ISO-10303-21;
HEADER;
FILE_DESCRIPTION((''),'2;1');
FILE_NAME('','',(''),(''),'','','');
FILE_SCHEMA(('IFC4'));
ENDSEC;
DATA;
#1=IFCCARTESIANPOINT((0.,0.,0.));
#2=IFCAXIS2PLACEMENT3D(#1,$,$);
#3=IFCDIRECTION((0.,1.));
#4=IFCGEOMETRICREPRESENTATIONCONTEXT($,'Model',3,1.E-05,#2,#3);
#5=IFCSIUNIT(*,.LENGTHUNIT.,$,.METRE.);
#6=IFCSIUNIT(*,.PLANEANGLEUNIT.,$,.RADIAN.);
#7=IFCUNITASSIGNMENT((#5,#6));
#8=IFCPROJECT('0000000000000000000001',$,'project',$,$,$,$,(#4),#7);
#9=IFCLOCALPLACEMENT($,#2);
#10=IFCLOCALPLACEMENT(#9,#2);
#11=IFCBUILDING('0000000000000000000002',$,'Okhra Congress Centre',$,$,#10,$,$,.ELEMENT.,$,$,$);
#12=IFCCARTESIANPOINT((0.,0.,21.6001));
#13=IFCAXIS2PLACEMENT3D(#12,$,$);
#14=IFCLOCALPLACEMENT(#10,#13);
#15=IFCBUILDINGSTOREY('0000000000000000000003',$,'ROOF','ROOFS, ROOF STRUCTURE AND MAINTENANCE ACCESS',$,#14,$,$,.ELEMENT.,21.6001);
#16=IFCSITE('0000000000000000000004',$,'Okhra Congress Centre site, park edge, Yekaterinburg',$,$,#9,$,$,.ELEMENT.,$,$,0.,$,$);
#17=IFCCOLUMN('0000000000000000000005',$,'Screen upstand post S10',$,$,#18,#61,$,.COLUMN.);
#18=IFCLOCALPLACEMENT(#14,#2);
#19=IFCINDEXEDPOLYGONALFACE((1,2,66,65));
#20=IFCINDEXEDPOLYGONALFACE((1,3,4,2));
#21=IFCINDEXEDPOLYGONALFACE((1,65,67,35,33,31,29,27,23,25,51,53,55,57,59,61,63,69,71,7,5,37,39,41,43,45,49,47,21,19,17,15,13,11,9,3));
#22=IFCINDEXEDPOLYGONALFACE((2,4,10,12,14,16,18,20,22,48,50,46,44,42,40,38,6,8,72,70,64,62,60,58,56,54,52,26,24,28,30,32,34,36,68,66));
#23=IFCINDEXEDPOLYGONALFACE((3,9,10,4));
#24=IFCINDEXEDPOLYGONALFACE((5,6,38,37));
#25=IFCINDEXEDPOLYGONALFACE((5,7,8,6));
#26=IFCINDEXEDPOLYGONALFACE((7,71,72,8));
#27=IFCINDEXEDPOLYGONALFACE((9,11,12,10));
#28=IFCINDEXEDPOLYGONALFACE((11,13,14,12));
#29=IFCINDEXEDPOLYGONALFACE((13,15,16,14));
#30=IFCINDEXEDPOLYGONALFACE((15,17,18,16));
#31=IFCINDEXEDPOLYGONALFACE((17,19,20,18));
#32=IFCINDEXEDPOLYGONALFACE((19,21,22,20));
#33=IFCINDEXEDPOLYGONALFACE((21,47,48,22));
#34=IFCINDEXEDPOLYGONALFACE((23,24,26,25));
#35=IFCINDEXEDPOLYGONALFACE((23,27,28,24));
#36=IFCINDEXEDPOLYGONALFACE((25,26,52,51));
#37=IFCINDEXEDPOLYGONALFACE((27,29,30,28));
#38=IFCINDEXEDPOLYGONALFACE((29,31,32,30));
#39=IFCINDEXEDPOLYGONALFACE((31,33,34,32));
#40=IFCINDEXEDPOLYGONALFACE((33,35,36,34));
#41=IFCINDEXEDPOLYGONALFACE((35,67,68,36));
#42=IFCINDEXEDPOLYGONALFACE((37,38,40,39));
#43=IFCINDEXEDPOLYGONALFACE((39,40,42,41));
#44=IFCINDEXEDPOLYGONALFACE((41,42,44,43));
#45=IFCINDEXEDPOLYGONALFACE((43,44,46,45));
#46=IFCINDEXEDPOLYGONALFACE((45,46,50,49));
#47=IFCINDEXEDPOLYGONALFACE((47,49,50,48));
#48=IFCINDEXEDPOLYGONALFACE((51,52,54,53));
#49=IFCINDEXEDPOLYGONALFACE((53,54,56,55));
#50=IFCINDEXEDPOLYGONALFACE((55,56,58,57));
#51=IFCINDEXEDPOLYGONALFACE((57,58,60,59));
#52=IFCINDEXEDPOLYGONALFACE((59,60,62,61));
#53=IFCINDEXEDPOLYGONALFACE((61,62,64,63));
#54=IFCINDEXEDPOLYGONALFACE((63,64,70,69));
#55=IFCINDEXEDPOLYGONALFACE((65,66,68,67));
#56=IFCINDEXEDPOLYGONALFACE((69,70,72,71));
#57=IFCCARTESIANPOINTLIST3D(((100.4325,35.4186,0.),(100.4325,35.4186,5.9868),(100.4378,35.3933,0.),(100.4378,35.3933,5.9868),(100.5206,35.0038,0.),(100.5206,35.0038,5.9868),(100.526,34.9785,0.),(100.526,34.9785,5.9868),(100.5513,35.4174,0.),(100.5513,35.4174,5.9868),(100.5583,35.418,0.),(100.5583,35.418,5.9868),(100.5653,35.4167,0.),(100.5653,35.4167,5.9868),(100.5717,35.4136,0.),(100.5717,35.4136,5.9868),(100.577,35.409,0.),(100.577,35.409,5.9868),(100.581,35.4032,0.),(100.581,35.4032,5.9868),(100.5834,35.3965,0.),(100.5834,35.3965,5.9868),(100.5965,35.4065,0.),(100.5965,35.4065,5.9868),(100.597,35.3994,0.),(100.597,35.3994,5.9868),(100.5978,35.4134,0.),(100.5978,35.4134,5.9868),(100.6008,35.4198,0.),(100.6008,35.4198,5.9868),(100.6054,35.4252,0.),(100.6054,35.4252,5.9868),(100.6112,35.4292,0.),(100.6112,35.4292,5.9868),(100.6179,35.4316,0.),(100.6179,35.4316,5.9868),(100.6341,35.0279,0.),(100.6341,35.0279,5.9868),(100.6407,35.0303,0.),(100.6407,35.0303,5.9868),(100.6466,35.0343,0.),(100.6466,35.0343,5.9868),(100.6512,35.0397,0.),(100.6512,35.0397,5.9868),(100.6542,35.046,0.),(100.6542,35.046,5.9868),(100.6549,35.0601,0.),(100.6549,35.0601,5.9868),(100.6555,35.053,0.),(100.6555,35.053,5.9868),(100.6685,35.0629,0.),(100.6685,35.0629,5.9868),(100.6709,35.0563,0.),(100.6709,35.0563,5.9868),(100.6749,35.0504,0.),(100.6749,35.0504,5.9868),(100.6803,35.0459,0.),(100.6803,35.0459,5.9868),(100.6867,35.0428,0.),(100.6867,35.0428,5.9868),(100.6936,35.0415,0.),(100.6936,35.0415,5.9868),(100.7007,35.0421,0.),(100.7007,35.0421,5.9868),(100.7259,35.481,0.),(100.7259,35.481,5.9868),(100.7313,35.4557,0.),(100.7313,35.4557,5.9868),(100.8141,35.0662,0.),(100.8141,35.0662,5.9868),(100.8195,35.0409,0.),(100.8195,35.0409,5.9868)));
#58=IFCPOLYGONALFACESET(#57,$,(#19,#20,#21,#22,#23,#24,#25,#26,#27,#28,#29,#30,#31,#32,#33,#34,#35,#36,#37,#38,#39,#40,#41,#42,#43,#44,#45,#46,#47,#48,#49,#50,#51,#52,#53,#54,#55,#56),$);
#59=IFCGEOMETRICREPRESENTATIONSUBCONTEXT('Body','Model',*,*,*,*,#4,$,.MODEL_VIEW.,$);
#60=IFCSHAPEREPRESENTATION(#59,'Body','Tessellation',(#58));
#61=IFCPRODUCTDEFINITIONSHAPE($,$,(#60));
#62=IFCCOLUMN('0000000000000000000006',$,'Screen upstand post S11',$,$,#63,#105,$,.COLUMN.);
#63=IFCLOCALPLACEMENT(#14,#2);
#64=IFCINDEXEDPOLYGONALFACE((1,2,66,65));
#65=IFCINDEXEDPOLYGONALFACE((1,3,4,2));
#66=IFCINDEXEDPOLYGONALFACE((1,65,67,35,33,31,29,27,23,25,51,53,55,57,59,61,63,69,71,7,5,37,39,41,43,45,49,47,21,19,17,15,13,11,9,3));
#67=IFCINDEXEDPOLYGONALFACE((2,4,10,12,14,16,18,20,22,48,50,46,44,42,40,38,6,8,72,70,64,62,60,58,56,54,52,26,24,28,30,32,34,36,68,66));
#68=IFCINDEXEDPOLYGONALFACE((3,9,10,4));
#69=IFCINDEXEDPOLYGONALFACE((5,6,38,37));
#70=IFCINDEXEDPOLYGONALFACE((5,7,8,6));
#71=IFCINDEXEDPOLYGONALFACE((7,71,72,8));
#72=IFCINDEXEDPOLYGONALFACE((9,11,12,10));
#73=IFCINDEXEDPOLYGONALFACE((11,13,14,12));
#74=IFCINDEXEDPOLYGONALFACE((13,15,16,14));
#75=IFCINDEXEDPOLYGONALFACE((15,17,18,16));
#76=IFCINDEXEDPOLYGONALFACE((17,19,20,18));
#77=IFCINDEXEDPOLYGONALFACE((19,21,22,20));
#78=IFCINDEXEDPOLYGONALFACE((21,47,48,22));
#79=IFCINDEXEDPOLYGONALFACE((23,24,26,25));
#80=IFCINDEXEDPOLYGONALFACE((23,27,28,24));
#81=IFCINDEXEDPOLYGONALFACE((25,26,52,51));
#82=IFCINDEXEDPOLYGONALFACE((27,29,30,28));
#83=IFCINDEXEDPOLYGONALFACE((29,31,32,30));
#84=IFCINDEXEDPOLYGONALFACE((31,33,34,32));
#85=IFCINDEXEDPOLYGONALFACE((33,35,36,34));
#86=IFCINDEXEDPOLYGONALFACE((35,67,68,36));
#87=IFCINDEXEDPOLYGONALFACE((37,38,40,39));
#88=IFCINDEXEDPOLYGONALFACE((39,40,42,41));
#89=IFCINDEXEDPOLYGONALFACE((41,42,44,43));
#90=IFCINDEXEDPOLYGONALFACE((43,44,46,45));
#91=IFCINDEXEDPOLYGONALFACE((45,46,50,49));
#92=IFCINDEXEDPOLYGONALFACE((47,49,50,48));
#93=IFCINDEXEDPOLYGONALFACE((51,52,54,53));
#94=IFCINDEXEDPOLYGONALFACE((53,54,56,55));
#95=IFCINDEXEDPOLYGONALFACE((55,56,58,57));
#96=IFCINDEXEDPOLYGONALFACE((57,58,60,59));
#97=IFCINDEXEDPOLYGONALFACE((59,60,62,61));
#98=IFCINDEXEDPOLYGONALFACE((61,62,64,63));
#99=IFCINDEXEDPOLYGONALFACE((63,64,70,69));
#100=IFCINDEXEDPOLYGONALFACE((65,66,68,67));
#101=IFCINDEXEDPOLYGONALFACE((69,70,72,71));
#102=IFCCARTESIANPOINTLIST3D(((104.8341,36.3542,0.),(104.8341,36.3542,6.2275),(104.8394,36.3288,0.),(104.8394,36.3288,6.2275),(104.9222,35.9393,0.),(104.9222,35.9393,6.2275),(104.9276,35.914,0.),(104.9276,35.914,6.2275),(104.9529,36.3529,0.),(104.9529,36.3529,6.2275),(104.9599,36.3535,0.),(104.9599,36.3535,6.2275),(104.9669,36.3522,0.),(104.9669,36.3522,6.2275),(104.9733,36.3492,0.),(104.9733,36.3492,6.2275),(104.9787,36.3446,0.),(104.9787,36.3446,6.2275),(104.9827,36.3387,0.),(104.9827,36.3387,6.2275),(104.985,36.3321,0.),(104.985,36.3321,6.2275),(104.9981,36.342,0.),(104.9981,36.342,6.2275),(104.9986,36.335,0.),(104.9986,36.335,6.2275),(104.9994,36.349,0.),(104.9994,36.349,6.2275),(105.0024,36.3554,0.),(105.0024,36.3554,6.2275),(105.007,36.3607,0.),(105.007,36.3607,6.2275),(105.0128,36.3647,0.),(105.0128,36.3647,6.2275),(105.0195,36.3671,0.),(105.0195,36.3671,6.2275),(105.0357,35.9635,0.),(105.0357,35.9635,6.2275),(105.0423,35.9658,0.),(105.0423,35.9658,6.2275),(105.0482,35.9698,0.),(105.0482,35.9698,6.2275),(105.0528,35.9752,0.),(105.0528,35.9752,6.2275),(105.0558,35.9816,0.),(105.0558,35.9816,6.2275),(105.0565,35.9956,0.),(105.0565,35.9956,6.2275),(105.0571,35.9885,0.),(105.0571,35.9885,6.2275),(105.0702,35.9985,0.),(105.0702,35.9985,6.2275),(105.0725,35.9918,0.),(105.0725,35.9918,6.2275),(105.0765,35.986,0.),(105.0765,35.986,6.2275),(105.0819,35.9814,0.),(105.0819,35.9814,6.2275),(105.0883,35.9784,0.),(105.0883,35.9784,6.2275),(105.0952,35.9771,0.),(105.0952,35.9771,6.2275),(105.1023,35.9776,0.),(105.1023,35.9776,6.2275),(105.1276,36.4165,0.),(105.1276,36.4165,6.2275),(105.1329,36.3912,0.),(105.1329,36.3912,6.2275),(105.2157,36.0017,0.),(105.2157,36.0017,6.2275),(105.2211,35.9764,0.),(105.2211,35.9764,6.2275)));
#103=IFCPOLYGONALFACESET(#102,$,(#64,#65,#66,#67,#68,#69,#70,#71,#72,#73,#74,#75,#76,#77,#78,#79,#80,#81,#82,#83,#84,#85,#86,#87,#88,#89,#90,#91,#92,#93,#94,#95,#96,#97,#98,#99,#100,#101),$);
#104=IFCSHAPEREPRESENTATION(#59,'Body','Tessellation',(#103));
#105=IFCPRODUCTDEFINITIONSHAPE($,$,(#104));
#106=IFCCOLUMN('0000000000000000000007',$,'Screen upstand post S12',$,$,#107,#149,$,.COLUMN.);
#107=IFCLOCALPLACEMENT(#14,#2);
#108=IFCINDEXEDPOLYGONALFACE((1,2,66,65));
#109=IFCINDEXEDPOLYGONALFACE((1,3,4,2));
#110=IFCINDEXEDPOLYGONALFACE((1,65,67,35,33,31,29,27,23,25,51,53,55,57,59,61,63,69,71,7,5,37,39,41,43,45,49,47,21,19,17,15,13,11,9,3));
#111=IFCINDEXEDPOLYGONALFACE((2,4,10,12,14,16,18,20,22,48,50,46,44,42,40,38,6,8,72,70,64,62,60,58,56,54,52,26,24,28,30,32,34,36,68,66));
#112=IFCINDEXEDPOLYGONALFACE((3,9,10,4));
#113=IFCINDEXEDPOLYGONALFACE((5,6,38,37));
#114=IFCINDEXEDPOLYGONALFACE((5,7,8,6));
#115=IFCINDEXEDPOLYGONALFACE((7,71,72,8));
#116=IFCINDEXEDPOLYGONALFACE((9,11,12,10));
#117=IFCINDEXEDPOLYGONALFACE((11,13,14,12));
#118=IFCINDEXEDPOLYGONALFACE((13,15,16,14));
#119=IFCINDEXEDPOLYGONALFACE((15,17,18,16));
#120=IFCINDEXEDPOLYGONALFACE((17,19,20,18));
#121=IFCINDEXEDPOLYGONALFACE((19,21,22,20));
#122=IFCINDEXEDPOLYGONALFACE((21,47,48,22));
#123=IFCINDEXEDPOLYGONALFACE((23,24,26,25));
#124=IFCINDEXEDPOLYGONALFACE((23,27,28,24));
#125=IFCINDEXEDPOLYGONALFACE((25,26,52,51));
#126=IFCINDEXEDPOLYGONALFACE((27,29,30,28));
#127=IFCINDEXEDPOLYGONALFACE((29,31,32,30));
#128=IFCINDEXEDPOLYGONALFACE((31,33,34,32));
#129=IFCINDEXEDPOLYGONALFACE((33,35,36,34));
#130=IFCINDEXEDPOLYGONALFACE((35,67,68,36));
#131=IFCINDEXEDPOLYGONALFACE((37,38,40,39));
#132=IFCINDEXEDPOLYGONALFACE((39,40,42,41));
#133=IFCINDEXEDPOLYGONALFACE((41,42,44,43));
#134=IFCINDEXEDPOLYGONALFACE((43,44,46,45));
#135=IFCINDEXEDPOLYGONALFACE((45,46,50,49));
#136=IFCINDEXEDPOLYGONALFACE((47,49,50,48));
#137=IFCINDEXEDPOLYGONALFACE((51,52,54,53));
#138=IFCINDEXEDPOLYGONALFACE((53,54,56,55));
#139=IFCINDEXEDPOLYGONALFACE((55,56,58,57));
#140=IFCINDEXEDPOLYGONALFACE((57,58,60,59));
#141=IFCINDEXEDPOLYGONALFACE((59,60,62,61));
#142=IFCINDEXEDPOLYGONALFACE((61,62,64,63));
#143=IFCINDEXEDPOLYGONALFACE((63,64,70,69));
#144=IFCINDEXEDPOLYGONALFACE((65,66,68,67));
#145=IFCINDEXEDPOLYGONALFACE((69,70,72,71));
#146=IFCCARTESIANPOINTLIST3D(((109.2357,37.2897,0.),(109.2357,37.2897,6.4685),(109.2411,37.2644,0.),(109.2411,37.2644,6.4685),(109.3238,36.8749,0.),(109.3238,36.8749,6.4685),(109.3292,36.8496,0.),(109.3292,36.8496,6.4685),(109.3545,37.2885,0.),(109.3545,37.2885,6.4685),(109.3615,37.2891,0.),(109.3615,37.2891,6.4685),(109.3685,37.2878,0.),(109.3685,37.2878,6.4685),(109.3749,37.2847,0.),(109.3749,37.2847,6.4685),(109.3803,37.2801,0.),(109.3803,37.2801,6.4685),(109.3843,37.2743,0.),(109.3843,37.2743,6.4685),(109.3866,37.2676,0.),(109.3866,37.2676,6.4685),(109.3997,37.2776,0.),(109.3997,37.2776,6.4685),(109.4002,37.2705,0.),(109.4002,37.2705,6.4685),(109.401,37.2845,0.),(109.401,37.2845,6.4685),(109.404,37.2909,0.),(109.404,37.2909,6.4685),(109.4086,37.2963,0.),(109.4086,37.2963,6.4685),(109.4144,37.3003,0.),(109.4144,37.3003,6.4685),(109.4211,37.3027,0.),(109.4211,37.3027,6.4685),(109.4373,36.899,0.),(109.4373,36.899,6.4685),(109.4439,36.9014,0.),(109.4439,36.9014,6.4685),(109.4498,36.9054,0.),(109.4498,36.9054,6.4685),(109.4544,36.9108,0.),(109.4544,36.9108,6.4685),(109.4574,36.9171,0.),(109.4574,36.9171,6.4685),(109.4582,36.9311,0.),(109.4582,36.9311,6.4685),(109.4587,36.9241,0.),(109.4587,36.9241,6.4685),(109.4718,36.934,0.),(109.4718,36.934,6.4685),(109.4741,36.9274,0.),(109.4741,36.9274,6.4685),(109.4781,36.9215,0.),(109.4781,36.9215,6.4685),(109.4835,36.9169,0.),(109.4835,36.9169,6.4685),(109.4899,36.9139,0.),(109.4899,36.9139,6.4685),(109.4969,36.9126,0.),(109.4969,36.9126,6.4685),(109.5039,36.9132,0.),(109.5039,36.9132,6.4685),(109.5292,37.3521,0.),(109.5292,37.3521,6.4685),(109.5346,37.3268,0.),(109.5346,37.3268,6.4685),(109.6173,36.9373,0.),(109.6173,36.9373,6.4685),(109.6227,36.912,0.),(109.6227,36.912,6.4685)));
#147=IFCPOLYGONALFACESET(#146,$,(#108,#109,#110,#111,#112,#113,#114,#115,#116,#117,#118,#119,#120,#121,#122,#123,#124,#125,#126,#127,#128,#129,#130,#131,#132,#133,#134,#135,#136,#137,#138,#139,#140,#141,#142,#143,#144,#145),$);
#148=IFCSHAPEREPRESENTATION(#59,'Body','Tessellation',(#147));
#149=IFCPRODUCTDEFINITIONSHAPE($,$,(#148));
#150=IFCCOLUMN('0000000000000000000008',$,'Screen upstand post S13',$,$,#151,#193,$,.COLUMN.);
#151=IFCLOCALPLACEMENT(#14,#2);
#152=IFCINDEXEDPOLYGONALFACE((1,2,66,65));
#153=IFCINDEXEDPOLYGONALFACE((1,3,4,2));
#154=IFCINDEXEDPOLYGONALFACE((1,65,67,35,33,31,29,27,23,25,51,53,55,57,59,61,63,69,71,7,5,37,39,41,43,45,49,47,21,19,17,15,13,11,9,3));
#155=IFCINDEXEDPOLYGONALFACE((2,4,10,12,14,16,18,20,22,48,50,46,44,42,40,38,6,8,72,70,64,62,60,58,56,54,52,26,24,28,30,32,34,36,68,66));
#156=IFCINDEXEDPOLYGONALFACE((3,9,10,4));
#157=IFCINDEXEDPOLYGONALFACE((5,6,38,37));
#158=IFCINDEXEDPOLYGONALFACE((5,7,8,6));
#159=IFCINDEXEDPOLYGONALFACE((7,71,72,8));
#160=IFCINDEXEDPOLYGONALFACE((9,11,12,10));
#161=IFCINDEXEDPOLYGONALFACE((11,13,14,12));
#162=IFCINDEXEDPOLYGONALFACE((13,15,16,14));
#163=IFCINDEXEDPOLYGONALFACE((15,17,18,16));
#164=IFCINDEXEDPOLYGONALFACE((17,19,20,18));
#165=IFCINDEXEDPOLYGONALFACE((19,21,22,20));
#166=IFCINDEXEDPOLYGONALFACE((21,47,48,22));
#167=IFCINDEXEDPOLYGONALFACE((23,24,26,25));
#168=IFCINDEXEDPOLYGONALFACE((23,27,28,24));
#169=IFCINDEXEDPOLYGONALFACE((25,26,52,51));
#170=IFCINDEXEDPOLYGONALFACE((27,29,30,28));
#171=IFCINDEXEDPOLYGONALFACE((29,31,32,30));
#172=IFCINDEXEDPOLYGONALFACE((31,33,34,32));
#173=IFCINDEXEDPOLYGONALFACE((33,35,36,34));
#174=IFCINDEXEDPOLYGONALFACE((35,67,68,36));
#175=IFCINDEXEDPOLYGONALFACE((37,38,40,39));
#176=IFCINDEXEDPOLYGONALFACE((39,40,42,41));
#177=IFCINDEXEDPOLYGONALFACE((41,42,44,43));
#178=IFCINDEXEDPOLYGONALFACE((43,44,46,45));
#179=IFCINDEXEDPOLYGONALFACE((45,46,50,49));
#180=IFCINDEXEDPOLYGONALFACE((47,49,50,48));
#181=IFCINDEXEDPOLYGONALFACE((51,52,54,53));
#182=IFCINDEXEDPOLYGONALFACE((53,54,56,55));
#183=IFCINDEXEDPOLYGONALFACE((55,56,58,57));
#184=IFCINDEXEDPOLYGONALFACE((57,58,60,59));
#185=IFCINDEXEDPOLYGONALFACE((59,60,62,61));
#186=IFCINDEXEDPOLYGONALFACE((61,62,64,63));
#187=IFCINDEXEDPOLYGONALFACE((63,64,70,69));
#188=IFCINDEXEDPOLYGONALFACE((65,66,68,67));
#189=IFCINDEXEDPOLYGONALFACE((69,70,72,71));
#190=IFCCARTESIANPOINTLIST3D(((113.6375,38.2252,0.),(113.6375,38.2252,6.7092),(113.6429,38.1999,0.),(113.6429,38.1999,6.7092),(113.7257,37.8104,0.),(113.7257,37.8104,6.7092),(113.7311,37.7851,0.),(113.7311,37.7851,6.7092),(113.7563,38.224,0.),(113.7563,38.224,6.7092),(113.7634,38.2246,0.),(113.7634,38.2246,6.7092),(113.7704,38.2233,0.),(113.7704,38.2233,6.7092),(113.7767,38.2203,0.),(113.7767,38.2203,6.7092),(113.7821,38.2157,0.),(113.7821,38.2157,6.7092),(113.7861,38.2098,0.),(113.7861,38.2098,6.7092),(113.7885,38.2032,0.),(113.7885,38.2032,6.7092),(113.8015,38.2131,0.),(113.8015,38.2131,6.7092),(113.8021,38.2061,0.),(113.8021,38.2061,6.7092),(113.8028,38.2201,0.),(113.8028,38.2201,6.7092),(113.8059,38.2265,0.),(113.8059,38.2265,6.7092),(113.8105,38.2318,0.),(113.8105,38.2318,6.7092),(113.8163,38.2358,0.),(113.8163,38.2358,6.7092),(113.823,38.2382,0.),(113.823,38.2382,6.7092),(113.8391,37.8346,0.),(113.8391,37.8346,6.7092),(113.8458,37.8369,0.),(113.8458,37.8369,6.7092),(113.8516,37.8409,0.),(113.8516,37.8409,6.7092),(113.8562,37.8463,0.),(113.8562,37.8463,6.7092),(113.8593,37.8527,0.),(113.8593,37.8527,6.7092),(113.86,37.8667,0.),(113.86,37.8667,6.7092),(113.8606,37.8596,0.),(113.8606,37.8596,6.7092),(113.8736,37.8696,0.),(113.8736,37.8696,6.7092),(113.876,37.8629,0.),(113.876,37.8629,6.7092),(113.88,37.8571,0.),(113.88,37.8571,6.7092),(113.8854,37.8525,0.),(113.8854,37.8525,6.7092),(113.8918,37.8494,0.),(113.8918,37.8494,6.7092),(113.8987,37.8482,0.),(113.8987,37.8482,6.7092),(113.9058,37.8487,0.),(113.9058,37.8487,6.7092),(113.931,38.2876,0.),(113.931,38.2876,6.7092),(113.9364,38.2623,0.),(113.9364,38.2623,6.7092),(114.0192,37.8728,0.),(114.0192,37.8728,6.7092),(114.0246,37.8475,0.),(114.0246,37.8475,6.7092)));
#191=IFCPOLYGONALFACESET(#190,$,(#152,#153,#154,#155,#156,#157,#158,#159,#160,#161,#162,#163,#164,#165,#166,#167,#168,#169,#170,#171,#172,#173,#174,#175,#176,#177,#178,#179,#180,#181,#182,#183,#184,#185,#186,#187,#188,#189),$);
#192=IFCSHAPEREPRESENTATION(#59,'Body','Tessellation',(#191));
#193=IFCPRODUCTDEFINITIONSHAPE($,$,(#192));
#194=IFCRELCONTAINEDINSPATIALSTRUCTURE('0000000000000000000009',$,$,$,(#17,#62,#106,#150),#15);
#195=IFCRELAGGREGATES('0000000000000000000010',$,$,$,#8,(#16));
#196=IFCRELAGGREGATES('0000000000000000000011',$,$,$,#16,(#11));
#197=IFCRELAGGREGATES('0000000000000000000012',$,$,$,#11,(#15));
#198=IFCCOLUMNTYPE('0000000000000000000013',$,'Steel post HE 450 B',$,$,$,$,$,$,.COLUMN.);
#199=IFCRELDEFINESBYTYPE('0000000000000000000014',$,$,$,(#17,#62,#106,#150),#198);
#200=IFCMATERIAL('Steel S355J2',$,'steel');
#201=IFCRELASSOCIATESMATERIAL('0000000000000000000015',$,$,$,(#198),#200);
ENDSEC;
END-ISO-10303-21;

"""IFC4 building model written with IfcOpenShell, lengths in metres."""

from ifc_helpers import new_model, si_unit, direction, frame, origin, origin_2d, place, context, subcontext, project, spatial, i_section, extrude, material, material_profile, profile_set, type_object, element, save


model = new_model("IFC4")

# Units and contexts
model_context = context("Model", 3, precision=1e-05, world=origin(), true_north=direction((0.0, 1.0)))
body_context = subcontext(model_context, "Body", "Model", "MODEL_VIEW")
ifc_project = project(units=[si_unit("LENGTHUNIT", "METRE"), si_unit("PLANEANGLEUNIT", "RADIAN")], contexts=[model_context])

# Site, building, storey
site_placement = place(None, origin())
site = spatial("IfcSite", under=ifc_project, at=site_placement, Name="Okhra Congress Centre site, park edge, Yekaterinburg", CompositionType="ELEMENT", RefElevation=0.0)
building_placement = place(site_placement, origin())
building = spatial("IfcBuilding", under=site, at=building_placement, Name="Okhra Congress Centre", CompositionType="ELEMENT")
storey_placement = place(building_placement, frame((0.0, 0.0, 21.6001)))
storey = spatial("IfcBuildingStorey", under=building, at=storey_placement, Name="ROOF", Description="ROOFS, ROOF STRUCTURE AND MAINTENANCE ACCESS", CompositionType="ELEMENT", Elevation=21.6001)

# Columns
ifc_material_1 = material(Name="Steel S355J2", Category="steel")
ifc_material_profile_1 = material_profile(ifc_material_1, i_section(OverallWidth=0.3, OverallDepth=0.45, WebThickness=0.0139, FlangeThickness=0.0259, FilletRadius=0.0271, at=origin_2d()), Name="HE 450 B")
ifc_profile_set_1 = profile_set([ifc_material_profile_1], Name="Steel S355J2")
column_type = type_object("IfcColumnType", Name="Steel post HE 450 B", PredefinedType="COLUMN", material=ifc_profile_set_1)
column_1_placement = place(storey_placement, frame((100.626, 35.2297, 0.0), z_axis=(0.0, 0.0, 1.0), x_axis=(0.978148, 0.207912, 0.0)))
element("IfcColumn", 1, at=column_1_placement, inside=storey, type_object=column_type, Name="Screen upstand post S10", PredefinedType="COLUMN", context=body_context, shape_type="SweptSolid", body=[
    extrude(i_section(OverallWidth=0.3, OverallDepth=0.45, WebThickness=0.0139, FlangeThickness=0.0259, FilletRadius=0.0271, at=origin_2d()), origin(), (0.0, 0.0, 1.0), 5.9868),
])
column_2_placement = place(storey_placement, frame((105.0276, 36.1653, 0.0), z_axis=(0.0, 0.0, 1.0), x_axis=(0.978148, 0.207912, 0.0)))
element("IfcColumn", 2, at=column_2_placement, inside=storey, type_object=column_type, Name="Screen upstand post S11", PredefinedType="COLUMN", context=body_context, shape_type="SweptSolid", body=[
    extrude(i_section(OverallWidth=0.3, OverallDepth=0.45, WebThickness=0.0139, FlangeThickness=0.0259, FilletRadius=0.0271, at=origin_2d()), origin(), (0.0, 0.0, 1.0), 6.2275),
])
column_3_placement = place(storey_placement, frame((109.4292, 37.1008, 0.0), z_axis=(0.0, 0.0, 1.0), x_axis=(0.978148, 0.207912, 0.0)))
element("IfcColumn", 3, at=column_3_placement, inside=storey, type_object=column_type, Name="Screen upstand post S12", PredefinedType="COLUMN", context=body_context, shape_type="SweptSolid", body=[
    extrude(i_section(OverallWidth=0.3, OverallDepth=0.45, WebThickness=0.0139, FlangeThickness=0.0259, FilletRadius=0.0271, at=origin_2d()), origin(), (0.0, 0.0, 1.0), 6.4685),
])
column_4_placement = place(storey_placement, frame((113.8311, 38.0364, 0.0), z_axis=(0.0, 0.0, 1.0), x_axis=(0.978148, 0.207912, 0.0)))
element("IfcColumn", 4, at=column_4_placement, inside=storey, type_object=column_type, Name="Screen upstand post S13", PredefinedType="COLUMN", context=body_context, shape_type="SweptSolid", body=[
    extrude(i_section(OverallWidth=0.3, OverallDepth=0.45, WebThickness=0.0139, FlangeThickness=0.0259, FilletRadius=0.0271, at=origin_2d()), origin(), (0.0, 0.0, 1.0), 6.7092),
])

save(model, "model.ifc")
